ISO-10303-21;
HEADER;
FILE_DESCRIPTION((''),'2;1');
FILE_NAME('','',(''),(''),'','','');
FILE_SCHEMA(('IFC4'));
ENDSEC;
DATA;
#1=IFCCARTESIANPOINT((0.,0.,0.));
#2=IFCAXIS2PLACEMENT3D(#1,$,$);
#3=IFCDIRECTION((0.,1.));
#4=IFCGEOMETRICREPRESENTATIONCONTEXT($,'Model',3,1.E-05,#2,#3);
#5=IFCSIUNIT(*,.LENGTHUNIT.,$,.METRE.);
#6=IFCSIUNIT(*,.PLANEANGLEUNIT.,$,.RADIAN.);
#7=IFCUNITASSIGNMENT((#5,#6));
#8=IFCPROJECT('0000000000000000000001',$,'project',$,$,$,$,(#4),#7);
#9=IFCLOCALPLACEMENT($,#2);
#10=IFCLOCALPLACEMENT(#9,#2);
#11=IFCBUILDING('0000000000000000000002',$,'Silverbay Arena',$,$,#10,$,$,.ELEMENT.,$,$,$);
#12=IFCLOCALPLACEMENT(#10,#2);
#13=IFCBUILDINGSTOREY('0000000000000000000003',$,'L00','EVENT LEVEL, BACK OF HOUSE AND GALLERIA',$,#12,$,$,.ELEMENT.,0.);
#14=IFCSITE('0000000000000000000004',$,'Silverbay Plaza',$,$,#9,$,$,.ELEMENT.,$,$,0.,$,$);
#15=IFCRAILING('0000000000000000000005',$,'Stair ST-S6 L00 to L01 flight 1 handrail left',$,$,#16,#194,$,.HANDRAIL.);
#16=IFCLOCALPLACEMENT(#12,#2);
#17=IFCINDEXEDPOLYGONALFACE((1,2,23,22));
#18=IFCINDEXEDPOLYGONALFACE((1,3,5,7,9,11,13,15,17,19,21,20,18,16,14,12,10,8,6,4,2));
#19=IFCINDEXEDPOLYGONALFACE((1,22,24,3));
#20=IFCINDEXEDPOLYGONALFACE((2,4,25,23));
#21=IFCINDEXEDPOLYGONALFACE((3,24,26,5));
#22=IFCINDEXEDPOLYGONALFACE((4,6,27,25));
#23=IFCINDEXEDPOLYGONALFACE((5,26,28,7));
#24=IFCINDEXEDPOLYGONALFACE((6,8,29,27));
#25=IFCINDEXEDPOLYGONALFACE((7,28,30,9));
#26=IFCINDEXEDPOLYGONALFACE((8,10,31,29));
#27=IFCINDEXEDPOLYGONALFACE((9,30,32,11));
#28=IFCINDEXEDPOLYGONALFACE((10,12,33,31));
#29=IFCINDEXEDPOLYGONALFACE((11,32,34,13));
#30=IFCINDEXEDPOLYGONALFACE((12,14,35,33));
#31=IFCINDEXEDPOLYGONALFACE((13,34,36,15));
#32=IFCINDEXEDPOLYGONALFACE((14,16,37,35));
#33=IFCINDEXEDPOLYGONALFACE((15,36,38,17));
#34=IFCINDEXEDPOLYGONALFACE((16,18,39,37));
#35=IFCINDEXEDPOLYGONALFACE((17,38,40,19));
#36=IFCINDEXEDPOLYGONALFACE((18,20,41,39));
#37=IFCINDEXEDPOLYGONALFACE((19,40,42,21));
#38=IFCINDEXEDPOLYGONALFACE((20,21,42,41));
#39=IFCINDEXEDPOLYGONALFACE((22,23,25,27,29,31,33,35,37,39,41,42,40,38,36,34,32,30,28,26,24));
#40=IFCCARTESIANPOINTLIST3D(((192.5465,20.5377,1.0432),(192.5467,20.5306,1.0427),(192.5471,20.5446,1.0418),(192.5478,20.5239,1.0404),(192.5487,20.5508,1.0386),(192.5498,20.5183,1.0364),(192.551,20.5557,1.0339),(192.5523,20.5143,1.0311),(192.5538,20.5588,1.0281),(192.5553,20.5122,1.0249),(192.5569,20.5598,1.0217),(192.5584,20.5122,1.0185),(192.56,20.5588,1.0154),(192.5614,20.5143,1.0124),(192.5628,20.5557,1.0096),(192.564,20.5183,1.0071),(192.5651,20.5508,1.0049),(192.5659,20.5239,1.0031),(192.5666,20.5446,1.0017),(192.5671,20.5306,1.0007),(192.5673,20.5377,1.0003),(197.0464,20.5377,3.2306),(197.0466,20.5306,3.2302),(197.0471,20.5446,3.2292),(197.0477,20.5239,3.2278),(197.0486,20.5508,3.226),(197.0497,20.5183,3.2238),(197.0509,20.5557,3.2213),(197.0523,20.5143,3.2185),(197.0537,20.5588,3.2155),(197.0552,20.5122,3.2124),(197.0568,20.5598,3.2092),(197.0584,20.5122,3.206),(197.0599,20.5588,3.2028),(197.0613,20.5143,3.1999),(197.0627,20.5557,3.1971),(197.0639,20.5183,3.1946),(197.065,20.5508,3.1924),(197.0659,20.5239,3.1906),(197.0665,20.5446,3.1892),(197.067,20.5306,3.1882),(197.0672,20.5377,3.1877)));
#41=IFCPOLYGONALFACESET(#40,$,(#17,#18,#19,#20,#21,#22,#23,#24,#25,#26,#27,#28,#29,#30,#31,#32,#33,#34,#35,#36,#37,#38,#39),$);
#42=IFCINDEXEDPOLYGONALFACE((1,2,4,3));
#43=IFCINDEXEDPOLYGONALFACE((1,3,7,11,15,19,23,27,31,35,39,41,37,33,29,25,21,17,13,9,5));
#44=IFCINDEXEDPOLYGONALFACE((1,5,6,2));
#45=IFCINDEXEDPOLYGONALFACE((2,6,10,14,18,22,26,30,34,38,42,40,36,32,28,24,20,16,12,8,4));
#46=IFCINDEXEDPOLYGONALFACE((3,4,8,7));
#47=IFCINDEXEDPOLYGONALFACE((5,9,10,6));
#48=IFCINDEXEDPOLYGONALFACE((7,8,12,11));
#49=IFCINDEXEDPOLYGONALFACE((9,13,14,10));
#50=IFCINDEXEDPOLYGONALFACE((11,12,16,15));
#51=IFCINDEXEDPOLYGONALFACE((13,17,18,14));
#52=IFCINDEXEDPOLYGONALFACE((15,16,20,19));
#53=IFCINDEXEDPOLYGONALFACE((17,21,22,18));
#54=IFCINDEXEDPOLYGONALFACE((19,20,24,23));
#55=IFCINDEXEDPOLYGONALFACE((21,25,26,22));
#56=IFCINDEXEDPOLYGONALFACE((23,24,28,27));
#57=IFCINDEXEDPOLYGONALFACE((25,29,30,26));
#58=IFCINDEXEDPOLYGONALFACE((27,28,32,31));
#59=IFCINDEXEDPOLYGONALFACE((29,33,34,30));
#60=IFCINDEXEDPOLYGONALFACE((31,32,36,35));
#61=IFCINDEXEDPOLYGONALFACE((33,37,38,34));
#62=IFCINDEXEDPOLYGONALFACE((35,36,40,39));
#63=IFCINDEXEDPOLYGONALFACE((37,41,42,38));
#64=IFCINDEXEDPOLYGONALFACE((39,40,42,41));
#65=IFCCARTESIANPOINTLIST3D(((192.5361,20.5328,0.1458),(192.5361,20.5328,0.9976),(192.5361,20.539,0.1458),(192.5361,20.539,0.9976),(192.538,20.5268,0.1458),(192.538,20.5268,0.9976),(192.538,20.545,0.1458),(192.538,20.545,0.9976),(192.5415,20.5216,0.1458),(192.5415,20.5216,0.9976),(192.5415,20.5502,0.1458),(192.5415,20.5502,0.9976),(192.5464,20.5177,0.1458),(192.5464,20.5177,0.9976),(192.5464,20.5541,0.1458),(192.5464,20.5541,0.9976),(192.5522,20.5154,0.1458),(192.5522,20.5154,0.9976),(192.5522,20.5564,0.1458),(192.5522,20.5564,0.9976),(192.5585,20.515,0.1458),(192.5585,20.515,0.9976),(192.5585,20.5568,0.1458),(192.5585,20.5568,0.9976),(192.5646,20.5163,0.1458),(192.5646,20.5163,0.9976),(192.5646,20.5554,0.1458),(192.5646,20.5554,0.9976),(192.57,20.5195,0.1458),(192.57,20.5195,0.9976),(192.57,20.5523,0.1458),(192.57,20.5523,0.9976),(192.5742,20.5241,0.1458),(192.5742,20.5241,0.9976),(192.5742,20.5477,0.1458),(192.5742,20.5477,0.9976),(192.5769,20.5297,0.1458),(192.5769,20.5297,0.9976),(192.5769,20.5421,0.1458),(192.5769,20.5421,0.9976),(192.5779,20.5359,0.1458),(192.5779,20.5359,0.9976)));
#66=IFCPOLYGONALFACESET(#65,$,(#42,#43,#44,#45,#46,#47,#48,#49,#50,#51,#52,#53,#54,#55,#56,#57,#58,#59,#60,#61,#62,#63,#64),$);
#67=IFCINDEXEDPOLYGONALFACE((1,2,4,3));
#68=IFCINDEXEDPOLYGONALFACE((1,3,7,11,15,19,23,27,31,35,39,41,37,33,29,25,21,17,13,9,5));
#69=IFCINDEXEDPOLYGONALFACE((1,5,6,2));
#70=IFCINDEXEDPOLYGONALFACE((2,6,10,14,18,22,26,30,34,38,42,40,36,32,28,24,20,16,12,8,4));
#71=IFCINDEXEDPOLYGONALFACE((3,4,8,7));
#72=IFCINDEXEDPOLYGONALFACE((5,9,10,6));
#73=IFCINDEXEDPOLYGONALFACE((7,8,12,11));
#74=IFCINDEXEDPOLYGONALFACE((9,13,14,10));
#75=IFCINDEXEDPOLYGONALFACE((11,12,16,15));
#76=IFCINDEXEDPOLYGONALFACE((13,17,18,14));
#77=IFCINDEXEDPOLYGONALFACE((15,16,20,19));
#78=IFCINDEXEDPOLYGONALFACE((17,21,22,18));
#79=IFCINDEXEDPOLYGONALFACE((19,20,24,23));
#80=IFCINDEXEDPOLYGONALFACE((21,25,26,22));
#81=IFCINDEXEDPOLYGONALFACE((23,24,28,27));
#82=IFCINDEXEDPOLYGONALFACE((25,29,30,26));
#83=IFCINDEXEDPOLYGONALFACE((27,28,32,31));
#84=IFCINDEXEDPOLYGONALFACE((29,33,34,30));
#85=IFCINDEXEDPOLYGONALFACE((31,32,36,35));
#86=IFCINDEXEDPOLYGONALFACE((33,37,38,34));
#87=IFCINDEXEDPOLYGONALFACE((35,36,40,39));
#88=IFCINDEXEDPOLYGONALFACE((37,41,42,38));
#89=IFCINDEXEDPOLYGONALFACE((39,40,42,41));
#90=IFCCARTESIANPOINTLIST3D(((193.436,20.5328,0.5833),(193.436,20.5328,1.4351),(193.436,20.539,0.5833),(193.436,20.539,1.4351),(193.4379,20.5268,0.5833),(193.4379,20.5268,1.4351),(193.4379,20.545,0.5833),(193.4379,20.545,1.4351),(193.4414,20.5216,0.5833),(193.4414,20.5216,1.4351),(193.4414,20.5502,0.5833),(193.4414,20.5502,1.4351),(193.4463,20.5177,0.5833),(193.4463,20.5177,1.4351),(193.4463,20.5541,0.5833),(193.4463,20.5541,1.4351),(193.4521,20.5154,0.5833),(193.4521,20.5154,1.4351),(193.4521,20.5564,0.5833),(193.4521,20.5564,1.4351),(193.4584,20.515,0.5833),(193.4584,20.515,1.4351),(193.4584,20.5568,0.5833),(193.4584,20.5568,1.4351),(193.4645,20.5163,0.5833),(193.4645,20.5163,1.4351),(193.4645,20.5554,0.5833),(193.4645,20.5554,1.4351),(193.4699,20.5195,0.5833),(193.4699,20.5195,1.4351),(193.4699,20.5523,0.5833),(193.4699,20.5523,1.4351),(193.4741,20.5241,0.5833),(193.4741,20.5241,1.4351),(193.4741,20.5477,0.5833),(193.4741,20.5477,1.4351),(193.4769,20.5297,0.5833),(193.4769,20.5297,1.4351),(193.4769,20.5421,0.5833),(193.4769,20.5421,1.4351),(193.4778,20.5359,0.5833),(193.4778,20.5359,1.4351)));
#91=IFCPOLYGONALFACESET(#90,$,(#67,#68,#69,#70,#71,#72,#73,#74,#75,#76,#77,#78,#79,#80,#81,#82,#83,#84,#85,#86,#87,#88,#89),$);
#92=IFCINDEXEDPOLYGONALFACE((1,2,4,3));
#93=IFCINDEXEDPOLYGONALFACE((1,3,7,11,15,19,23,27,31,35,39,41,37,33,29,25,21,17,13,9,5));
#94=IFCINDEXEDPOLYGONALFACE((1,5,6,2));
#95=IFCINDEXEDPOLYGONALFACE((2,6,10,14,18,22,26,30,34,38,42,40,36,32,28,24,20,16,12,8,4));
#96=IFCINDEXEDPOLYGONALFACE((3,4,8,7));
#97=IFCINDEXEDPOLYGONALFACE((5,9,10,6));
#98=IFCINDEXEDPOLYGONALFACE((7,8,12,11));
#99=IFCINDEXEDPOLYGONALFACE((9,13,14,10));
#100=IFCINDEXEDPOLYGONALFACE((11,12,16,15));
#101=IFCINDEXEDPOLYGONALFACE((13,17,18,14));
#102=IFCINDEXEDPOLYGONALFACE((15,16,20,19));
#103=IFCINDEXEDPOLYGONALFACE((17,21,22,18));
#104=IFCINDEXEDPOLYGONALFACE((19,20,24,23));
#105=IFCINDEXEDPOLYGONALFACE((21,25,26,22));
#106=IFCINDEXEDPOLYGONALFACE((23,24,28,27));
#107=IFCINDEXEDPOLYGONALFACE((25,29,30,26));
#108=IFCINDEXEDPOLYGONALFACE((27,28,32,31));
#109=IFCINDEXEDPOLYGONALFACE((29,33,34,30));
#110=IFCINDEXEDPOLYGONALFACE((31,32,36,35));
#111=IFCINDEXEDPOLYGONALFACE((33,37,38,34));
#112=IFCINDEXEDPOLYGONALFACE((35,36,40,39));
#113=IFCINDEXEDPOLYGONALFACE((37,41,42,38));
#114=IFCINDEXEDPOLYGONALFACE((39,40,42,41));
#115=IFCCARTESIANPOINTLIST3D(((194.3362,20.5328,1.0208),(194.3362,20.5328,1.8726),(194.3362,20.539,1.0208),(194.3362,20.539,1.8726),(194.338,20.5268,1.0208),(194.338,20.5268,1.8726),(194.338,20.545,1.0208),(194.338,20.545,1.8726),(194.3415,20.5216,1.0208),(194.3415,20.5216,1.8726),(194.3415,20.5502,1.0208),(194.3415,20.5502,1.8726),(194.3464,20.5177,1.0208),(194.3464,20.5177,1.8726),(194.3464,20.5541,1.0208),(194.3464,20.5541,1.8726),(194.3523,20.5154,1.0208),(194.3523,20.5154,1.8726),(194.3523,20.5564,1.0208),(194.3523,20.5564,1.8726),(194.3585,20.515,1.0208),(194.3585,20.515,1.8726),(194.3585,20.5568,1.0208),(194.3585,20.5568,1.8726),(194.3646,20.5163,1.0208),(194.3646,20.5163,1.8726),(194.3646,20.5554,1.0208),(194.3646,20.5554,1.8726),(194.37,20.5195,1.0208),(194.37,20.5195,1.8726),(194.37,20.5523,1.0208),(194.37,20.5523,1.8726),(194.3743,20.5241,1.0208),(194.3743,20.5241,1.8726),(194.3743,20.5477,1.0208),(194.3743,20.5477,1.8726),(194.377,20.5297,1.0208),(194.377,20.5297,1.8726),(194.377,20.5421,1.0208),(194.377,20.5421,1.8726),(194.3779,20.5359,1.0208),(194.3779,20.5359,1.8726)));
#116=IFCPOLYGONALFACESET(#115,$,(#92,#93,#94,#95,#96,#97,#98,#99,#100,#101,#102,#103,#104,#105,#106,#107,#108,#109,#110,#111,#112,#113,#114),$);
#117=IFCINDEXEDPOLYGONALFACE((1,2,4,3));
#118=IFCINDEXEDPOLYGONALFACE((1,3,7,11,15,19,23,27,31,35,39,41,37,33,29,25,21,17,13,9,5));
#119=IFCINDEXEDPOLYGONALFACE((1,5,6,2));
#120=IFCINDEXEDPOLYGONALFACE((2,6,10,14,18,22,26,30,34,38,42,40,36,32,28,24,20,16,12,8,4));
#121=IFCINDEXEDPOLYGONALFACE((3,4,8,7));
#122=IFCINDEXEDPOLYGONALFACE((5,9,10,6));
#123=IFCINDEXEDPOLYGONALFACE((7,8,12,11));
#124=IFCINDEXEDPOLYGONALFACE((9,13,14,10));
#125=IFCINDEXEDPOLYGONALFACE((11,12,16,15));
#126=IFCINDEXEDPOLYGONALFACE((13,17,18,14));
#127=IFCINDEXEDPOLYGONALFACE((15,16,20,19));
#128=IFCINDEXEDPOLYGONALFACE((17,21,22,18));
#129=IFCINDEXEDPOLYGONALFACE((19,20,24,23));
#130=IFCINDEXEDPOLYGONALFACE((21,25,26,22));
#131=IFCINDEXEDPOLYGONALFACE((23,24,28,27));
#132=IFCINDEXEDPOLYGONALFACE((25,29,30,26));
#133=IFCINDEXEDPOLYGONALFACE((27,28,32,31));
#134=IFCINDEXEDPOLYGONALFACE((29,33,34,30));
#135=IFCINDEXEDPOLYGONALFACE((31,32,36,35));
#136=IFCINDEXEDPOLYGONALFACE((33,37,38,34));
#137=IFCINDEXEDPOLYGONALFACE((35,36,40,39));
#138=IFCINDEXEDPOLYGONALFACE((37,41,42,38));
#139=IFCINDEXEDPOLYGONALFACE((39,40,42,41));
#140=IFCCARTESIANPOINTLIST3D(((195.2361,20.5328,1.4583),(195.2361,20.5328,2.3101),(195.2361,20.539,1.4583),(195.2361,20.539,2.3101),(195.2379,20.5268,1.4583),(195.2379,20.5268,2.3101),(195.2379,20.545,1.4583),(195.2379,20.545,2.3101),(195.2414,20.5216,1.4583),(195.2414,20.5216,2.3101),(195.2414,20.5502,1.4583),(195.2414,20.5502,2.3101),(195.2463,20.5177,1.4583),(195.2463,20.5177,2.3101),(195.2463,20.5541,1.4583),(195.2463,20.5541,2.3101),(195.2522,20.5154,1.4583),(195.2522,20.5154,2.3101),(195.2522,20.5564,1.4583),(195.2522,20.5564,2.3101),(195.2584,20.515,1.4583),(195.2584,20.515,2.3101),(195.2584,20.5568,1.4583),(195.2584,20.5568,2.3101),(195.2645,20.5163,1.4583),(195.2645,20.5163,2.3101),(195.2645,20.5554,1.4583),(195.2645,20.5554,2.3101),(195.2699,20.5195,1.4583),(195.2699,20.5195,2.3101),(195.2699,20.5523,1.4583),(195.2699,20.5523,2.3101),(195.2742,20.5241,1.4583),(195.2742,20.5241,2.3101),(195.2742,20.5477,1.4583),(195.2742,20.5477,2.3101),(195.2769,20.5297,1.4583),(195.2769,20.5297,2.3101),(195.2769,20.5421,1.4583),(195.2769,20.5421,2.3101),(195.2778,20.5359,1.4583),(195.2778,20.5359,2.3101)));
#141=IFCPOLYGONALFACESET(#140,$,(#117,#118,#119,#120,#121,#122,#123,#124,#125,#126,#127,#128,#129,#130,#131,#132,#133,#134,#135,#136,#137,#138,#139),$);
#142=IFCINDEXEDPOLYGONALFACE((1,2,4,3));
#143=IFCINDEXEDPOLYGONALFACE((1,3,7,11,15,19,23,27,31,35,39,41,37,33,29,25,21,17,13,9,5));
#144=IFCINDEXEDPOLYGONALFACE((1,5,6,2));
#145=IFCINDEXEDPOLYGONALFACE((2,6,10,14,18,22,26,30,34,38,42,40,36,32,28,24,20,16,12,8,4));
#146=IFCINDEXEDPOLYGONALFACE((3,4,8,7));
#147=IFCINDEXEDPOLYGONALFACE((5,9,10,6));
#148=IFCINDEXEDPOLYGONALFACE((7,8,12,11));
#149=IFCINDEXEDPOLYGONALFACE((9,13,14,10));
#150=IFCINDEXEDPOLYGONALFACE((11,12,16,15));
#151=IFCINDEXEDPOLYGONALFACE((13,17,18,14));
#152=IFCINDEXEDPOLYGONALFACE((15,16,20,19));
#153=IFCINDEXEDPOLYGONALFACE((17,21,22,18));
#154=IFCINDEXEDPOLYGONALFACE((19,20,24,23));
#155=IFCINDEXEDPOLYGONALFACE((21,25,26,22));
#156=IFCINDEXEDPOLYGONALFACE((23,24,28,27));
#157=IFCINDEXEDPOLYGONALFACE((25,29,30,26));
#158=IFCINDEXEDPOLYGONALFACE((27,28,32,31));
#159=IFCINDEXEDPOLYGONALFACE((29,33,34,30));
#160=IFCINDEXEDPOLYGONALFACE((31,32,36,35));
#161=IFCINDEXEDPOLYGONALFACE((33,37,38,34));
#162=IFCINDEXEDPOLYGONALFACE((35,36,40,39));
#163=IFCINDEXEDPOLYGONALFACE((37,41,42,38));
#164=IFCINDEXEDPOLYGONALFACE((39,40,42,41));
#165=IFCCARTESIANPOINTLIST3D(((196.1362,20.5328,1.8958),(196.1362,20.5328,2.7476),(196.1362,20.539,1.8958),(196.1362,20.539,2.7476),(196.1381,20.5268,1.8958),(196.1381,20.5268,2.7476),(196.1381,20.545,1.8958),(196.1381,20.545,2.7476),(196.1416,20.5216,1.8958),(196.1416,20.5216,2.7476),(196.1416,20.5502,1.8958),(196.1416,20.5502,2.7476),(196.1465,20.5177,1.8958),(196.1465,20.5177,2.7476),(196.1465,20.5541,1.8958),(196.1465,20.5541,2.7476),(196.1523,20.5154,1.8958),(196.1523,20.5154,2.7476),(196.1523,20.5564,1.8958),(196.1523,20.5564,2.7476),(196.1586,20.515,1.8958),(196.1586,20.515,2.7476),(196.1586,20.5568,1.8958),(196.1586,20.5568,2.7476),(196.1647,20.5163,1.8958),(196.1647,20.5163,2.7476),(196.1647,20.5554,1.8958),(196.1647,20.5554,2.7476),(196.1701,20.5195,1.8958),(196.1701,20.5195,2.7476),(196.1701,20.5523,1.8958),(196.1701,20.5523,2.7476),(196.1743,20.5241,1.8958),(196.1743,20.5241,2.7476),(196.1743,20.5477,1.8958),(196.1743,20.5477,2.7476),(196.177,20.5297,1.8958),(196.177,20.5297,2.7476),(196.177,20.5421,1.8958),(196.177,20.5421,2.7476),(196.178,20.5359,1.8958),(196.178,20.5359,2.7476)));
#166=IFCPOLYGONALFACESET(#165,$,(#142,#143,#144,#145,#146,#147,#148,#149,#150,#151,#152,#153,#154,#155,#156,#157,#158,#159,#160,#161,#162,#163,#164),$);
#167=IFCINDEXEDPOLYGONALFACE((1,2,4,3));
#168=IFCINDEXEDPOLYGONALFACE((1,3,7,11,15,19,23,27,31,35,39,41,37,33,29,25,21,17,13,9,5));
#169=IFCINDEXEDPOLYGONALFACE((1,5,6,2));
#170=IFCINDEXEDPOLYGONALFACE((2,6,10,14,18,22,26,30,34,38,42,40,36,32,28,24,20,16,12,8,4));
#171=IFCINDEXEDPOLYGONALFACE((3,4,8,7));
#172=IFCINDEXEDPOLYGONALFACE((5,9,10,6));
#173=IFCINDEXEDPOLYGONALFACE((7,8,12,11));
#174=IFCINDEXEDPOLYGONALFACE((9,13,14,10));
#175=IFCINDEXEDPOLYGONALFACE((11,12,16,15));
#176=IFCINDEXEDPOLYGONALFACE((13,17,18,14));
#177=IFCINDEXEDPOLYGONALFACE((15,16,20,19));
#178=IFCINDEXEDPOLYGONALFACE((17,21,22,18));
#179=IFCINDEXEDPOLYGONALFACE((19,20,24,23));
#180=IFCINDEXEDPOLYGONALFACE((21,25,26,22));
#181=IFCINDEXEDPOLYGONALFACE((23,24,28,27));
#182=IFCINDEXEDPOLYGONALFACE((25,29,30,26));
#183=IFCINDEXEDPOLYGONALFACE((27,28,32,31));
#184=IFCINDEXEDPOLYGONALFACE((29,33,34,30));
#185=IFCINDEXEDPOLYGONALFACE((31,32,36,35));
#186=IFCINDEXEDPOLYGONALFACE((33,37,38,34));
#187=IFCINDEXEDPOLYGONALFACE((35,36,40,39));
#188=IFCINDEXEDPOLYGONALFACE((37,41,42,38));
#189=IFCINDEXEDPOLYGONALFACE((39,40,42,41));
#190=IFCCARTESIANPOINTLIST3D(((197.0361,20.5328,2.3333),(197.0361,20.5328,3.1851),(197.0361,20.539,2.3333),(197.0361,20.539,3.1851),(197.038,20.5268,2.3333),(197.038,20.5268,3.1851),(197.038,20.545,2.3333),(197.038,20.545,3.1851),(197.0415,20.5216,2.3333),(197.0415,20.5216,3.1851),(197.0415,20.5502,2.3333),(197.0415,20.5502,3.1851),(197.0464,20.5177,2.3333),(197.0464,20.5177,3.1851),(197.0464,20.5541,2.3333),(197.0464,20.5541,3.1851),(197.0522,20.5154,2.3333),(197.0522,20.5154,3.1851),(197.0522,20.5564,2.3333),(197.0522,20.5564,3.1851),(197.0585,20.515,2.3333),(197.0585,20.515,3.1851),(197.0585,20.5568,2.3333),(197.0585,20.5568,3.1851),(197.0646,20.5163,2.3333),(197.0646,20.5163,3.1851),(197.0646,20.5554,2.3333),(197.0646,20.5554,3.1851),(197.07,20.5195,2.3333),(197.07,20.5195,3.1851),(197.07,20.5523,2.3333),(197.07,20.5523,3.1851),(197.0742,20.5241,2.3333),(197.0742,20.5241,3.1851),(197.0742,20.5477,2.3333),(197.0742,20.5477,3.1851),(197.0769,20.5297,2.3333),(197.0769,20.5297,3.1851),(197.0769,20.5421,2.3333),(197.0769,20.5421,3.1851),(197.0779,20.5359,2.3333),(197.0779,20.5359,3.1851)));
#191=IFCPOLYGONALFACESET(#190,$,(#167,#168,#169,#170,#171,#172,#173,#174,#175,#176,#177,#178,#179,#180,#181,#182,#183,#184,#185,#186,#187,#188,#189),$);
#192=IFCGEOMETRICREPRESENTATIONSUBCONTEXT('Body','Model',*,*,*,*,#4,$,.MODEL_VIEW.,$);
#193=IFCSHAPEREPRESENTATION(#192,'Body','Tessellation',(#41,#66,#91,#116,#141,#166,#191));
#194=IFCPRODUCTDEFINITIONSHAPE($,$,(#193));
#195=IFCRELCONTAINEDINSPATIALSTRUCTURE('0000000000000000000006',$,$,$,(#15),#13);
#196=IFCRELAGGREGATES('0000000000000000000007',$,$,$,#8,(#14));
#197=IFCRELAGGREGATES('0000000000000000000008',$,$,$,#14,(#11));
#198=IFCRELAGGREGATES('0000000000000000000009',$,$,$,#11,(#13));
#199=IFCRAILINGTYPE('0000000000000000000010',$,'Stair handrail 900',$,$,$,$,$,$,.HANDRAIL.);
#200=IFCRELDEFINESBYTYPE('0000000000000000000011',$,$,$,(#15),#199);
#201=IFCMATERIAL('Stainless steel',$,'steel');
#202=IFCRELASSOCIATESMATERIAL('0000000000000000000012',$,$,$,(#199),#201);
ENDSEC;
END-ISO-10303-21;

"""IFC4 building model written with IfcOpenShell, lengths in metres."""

from ifc_helpers import new_model, si_unit, direction, frame, origin, origin_2d, place, context, subcontext, project, spatial, circle, extrude, material, type_object, element, save


model = new_model("IFC4")

# Units and contexts
model_context = context("Model", 3, precision=1e-05, world=origin(), true_north=direction((0.0, 1.0)))
body_context = subcontext(model_context, "Body", "Model", "MODEL_VIEW")
ifc_project = project(units=[si_unit("LENGTHUNIT", "METRE"), si_unit("PLANEANGLEUNIT", "RADIAN")], contexts=[model_context])

# Site, building, storey
site_placement = place(None, origin())
site = spatial("IfcSite", under=ifc_project, at=site_placement, Name="Silverbay Plaza", CompositionType="ELEMENT", RefElevation=0.0)
building_placement = place(site_placement, origin())
building = spatial("IfcBuilding", under=site, at=building_placement, Name="Silverbay Arena", CompositionType="ELEMENT")
storey_placement = place(building_placement, origin())
storey = spatial("IfcBuildingStorey", under=building, at=storey_placement, Name="L00", Description="EVENT LEVEL, BACK OF HOUSE AND GALLERIA", CompositionType="ELEMENT", Elevation=0.0)

# Railing
ifc_material_1 = material(Name="Stainless steel", Category="steel")
railing_type_1 = type_object("IfcRailingType", Name="Stair handrail 900", PredefinedType="HANDRAIL", material=ifc_material_1)
for number, where, name in (
    (1, (192.5569, 20.5359, 0.1458), "Stair ST-S6 L00 to L01 flight 1 handrail left"),
):
    element("IfcRailing", number, at=place(storey_placement, frame(where)), inside=storey, type_object=railing_type_1, Name=name, PredefinedType="HANDRAIL", context=body_context, shape_type="SweptSolid", body=[
        extrude(circle(Radius=0.0239, at=origin_2d()), frame((0.0, 0.0, 0.876), z_axis=(0.899368, 0.0, 0.437193), x_axis=(0.0, 1.0, 0.0)), (0.0, 0.0, 1.0), 5.0034),
        extrude(circle(Radius=0.021, at=origin_2d()), origin(), (0.0, 0.0, 1.0), 0.8518),
        extrude(circle(Radius=0.021, at=origin_2d()), frame((0.8999, 0.0, 0.4375)), (0.0, 0.0, 1.0), 0.8518),
        extrude(circle(Radius=0.021, at=origin_2d()), frame((1.8, 0.0, 0.875)), (0.0, 0.0, 1.0), 0.8518),
        extrude(circle(Radius=0.021, at=origin_2d()), frame((2.7, 0.0, 1.3125)), (0.0, 0.0, 1.0), 0.8518),
        extrude(circle(Radius=0.021, at=origin_2d()), frame((3.6001, 0.0, 1.75)), (0.0, 0.0, 1.0), 0.8518),
        extrude(circle(Radius=0.021, at=origin_2d()), frame((4.5, 0.0, 2.1875)), (0.0, 0.0, 1.0), 0.8518),
    ])

save(model, "model.ifc")
